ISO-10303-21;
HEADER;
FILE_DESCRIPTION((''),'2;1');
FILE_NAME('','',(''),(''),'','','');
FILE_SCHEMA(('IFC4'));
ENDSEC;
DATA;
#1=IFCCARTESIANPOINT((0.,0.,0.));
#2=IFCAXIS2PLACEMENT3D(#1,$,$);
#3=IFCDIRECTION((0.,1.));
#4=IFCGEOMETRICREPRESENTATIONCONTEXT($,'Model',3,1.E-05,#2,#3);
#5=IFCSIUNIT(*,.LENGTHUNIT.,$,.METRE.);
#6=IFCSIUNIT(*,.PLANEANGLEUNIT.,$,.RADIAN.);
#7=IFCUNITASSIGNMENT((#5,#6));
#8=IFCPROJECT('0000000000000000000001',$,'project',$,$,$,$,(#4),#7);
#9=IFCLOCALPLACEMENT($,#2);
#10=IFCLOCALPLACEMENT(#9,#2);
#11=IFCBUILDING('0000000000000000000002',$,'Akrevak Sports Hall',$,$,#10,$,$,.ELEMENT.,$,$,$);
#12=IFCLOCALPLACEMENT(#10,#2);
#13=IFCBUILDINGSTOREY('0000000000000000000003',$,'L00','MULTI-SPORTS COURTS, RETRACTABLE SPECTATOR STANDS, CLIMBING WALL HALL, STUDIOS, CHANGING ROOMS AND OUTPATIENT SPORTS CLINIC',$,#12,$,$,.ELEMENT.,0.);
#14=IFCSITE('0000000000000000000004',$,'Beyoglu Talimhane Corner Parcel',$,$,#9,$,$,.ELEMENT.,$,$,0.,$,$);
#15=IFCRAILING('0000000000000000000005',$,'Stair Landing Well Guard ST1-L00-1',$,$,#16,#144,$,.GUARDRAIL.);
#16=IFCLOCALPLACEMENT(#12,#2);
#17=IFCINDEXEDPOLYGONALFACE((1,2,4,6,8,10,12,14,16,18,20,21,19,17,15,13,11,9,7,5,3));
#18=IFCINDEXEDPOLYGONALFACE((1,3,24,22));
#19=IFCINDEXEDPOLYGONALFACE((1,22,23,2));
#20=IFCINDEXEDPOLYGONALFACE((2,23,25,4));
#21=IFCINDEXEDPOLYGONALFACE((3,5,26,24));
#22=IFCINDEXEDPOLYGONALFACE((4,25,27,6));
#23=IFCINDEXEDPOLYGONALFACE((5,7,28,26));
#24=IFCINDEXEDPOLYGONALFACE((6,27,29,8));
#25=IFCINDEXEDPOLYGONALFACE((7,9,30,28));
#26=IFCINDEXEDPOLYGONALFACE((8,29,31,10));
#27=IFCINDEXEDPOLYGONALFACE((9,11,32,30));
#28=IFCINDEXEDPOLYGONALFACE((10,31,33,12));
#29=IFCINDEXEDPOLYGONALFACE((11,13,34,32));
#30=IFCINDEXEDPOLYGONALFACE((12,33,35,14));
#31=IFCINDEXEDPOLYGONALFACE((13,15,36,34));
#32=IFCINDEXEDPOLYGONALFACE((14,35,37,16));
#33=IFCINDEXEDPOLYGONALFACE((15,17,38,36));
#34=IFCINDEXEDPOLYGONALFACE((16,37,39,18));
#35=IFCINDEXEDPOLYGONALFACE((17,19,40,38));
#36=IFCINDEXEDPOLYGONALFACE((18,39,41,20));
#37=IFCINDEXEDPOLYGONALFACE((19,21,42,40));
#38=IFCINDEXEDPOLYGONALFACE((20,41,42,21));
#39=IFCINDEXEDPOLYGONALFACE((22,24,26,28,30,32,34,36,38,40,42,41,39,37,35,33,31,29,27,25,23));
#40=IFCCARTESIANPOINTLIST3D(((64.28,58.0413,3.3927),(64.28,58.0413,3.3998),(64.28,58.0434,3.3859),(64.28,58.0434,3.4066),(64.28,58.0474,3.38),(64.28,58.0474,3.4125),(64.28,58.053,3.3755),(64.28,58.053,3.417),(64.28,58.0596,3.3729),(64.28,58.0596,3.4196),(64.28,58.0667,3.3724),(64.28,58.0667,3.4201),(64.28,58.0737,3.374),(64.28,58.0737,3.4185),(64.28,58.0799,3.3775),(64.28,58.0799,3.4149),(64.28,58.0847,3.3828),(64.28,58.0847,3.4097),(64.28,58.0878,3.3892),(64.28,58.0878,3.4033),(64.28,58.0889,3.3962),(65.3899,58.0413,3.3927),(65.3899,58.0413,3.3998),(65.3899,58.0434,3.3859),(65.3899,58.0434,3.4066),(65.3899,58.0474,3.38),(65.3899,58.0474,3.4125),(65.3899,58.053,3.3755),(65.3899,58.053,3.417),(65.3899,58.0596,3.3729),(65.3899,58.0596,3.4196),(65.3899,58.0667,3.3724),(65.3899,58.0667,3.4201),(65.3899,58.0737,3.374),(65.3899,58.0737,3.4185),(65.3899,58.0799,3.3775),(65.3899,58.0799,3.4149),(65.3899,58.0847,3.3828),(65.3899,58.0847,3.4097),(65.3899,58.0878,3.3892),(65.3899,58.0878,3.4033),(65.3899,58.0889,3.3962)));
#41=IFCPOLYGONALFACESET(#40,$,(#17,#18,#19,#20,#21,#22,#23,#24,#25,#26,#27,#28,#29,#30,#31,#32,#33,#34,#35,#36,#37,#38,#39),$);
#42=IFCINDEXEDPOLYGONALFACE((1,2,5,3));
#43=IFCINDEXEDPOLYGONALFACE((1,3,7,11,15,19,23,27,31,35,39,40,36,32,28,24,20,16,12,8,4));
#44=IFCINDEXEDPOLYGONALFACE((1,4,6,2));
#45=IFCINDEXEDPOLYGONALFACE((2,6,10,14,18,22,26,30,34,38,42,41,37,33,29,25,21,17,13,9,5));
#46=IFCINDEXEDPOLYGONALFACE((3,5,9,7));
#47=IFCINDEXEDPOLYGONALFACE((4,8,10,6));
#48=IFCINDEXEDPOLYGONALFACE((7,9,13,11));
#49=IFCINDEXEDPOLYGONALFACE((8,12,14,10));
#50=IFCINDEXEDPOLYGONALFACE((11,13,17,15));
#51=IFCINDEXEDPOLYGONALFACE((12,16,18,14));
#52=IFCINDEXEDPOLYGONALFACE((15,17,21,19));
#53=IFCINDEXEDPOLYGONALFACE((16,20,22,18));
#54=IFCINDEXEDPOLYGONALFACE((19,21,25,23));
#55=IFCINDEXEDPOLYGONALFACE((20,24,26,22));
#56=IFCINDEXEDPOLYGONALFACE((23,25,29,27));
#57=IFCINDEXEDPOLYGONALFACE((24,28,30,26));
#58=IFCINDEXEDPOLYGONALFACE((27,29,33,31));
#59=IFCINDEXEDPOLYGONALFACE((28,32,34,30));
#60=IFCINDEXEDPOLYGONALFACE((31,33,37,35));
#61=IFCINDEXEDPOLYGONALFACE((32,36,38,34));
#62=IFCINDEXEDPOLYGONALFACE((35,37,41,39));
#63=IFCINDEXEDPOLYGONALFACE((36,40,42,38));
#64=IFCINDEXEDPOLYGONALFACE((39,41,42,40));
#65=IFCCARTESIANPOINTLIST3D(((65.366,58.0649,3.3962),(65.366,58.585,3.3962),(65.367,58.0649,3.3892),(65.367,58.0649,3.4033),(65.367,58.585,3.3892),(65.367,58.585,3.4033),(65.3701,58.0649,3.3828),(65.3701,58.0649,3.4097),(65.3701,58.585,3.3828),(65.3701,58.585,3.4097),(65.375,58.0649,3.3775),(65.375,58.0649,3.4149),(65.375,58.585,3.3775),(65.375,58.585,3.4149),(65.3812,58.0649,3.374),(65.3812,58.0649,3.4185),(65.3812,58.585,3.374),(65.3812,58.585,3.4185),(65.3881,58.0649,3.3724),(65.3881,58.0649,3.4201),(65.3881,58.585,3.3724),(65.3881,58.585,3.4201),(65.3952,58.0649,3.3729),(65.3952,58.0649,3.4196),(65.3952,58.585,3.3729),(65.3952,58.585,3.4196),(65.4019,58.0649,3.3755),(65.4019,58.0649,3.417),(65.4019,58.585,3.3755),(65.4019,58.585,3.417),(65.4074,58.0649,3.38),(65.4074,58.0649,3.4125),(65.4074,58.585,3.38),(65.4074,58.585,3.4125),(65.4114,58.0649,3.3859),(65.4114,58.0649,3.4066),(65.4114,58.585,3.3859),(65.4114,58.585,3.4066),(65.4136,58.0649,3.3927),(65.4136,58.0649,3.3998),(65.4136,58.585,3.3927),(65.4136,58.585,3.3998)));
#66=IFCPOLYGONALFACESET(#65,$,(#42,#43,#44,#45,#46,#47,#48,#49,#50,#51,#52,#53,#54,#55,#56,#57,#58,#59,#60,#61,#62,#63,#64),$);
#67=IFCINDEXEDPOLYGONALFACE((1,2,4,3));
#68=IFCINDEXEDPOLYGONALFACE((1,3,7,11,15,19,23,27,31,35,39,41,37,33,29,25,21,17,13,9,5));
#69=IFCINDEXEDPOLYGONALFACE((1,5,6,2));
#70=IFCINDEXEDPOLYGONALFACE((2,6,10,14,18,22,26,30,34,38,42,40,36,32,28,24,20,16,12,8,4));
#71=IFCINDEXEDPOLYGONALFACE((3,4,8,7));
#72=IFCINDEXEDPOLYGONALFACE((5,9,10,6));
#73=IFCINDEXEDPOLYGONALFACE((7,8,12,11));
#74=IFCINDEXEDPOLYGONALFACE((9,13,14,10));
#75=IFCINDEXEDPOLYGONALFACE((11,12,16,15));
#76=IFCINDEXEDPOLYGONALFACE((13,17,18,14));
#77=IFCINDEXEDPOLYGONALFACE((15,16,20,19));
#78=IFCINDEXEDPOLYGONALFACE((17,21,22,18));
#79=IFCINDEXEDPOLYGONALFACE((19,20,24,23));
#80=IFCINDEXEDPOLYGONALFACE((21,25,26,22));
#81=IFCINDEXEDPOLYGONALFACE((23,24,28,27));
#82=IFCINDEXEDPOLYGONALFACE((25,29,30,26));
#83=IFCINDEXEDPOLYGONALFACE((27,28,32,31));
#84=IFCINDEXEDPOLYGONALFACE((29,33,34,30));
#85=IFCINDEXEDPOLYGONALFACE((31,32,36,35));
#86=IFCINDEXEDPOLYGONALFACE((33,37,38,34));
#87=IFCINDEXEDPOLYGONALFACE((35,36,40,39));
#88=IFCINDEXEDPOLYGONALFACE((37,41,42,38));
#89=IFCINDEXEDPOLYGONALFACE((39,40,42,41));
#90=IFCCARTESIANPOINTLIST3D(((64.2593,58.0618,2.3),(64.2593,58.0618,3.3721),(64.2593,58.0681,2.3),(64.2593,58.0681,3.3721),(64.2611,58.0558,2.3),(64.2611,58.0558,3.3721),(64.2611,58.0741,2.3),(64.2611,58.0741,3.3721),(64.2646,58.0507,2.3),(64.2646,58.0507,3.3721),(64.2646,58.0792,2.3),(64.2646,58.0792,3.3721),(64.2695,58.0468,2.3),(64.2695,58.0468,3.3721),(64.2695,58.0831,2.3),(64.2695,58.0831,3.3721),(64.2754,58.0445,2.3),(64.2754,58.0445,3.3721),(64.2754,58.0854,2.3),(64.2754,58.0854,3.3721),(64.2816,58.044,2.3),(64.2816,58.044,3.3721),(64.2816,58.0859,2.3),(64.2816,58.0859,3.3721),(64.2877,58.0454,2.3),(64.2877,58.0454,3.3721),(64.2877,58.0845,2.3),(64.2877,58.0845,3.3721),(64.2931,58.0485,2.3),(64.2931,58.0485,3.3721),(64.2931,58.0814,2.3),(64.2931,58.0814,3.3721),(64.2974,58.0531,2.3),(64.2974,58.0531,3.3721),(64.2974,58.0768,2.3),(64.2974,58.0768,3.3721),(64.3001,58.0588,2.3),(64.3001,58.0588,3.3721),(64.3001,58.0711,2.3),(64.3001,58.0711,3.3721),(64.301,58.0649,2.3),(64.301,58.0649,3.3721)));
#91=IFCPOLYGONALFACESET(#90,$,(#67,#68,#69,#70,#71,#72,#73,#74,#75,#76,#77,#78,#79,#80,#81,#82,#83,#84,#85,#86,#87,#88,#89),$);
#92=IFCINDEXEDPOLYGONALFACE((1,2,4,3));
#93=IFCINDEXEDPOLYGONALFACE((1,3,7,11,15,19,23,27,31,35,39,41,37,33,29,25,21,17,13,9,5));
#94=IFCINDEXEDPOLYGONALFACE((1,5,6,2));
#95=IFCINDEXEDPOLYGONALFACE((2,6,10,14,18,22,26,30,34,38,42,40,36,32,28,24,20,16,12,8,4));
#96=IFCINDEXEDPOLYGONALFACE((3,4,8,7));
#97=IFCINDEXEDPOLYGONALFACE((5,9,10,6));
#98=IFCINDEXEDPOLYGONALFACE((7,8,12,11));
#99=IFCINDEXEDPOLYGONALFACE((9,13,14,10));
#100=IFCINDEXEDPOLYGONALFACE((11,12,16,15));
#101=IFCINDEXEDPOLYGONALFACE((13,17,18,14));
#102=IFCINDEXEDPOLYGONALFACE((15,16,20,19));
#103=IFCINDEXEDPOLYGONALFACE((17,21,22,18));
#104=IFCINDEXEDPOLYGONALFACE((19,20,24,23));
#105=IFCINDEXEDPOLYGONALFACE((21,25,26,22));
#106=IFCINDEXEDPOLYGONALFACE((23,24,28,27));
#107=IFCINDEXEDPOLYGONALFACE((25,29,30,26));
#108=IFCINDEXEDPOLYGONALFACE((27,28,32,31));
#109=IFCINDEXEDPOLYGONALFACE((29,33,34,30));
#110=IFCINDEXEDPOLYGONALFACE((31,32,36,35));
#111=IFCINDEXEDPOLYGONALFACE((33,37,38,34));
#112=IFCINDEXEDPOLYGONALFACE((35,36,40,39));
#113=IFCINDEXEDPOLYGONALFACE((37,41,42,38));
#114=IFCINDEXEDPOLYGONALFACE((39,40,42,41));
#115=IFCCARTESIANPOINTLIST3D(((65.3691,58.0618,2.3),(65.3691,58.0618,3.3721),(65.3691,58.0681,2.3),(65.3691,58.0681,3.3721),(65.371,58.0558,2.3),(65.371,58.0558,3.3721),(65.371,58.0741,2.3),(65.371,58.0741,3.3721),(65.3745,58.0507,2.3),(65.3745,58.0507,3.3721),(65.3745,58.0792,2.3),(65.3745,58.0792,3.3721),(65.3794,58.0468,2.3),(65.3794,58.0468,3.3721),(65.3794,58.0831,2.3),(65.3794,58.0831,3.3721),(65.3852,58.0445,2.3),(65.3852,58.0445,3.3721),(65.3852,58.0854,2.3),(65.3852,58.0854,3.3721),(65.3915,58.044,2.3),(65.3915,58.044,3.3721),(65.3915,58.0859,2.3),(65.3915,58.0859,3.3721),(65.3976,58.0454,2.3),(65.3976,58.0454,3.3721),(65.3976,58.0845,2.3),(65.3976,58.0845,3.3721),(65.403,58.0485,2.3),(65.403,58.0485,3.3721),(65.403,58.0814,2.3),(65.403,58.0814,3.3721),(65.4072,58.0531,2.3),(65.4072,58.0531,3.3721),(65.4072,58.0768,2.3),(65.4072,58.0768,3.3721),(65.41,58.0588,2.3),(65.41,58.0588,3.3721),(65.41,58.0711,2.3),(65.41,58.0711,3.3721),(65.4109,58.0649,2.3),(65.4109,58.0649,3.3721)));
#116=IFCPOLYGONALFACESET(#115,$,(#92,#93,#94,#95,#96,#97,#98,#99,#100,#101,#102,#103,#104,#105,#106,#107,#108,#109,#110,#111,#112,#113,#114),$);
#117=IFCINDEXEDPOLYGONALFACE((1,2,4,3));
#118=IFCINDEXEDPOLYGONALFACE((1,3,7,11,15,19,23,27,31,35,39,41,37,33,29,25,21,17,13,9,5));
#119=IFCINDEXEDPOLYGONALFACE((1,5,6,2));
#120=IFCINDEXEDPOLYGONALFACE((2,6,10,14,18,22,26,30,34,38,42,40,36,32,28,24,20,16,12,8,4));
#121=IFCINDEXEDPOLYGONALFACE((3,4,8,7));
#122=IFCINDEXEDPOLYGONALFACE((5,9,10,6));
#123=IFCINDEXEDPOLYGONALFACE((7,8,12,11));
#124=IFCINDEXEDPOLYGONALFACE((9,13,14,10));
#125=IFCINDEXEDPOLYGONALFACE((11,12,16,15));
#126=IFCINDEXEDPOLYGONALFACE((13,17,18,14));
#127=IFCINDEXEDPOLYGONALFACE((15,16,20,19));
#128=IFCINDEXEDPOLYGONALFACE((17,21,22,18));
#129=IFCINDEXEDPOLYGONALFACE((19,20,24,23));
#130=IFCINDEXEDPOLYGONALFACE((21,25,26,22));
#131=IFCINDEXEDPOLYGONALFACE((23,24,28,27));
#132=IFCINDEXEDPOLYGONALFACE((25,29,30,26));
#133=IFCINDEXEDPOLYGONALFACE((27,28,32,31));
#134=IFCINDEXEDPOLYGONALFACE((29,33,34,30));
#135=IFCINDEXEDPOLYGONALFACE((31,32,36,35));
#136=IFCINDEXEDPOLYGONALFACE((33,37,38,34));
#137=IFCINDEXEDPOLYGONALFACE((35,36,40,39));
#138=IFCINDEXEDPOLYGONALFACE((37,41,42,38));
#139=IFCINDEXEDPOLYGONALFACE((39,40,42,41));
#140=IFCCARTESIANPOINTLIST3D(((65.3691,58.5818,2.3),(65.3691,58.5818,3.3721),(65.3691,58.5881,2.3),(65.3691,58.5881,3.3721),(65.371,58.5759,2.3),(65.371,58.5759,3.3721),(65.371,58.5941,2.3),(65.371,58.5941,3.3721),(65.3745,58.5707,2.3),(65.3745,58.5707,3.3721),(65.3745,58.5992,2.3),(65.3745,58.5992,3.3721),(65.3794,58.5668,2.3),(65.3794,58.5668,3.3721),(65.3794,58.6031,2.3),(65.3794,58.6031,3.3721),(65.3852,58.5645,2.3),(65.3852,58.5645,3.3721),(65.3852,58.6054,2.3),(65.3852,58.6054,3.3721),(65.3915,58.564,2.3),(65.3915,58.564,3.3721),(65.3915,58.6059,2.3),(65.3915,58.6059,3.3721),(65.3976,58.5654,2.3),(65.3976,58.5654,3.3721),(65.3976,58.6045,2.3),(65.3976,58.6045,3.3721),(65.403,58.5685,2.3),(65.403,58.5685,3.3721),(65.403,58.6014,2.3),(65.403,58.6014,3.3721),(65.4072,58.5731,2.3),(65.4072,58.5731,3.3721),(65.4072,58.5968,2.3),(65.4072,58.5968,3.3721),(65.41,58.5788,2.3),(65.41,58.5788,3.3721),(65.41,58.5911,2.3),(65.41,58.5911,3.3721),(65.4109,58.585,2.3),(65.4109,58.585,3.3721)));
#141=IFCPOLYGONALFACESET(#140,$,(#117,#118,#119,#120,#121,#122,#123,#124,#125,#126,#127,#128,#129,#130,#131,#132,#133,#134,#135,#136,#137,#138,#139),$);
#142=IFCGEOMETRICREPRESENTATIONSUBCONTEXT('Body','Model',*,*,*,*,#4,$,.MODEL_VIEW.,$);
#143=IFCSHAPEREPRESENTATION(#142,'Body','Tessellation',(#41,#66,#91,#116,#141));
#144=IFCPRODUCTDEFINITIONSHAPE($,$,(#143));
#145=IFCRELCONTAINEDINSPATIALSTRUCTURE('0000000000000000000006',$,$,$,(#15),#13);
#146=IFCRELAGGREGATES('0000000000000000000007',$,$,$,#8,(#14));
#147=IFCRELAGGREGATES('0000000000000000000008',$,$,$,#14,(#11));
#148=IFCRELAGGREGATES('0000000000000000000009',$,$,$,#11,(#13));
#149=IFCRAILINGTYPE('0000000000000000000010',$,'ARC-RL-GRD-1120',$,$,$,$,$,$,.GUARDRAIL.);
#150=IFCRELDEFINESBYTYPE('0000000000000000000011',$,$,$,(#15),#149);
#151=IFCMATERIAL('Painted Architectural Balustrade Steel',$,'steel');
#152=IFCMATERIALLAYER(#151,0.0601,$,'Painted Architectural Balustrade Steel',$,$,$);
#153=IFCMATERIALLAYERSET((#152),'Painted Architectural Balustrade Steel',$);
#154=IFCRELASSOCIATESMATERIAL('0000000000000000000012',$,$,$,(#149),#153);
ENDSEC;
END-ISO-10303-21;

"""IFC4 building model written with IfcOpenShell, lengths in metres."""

from ifc_helpers import new_model, si_unit, direction, frame, origin, origin_2d, place, context, subcontext, project, spatial, circle, extrude, material, layer, layer_set, type_object, element, save


model = new_model("IFC4")

# Units and contexts
model_context = context("Model", 3, precision=1e-05, world=origin(), true_north=direction((0.0, 1.0)))
body_context = subcontext(model_context, "Body", "Model", "MODEL_VIEW")
ifc_project = project(units=[si_unit("LENGTHUNIT", "METRE"), si_unit("PLANEANGLEUNIT", "RADIAN")], contexts=[model_context])

# Site, building, storey
site_placement = place(None, origin())
site = spatial("IfcSite", under=ifc_project, at=site_placement, Name="Beyoglu Talimhane Corner Parcel", CompositionType="ELEMENT", RefElevation=0.0)
building_placement = place(site_placement, origin())
building = spatial("IfcBuilding", under=site, at=building_placement, Name="Akrevak Sports Hall", CompositionType="ELEMENT")
storey_placement = place(building_placement, origin())
storey = spatial("IfcBuildingStorey", under=building, at=storey_placement, Name="L00", Description="MULTI-SPORTS COURTS, RETRACTABLE SPECTATOR STANDS, CLIMBING WALL HALL, STUDIOS, CHANGING ROOMS AND OUTPATIENT SPORTS CLINIC", CompositionType="ELEMENT", Elevation=0.0)

# Railing
ifc_material_1 = material(Name="Painted Architectural Balustrade Steel", Category="steel")
ifc_layer_1 = layer(ifc_material_1, 0.0601, Name="Painted Architectural Balustrade Steel")
ifc_layer_set_1 = layer_set([ifc_layer_1], Name="Painted Architectural Balustrade Steel")
railing_type_1 = type_object("IfcRailingType", Name="ARC-RL-GRD-1120", PredefinedType="GUARDRAIL", material=ifc_layer_set_1)
railing_1_placement = place(storey_placement, frame((64.28, 58.0649, 2.3)))
element("IfcRailing", 1, at=railing_1_placement, inside=storey, type_object=railing_type_1, Name="Stair Landing Well Guard ST1-L00-1", PredefinedType="GUARDRAIL", context=body_context, shape_type="SweptSolid", body=[
    extrude(circle(Radius=0.0239, at=origin_2d()), frame((0.0, 0.0, 1.0962), z_axis=(1.0, 0.0, 0.0), x_axis=(0.0, 1.0, 0.0)), (0.0, 0.0, 1.0), 1.1099),
    extrude(circle(Radius=0.0239, at=origin_2d()), frame((1.1099, 0.0, 1.0962), z_axis=(0.0, 1.0, 0.0), x_axis=(-1.0, 0.0, 0.0)), (0.0, 0.0, 1.0), 0.52),
    extrude(circle(Radius=0.021, at=origin_2d()), origin(), (0.0, 0.0, 1.0), 1.072),
    extrude(circle(Radius=0.021, at=origin_2d()), frame((1.1099, 0.0, 0.0)), (0.0, 0.0, 1.0), 1.072),
    extrude(circle(Radius=0.021, at=origin_2d()), frame((1.1099, 0.52, 0.0)), (0.0, 0.0, 1.0), 1.072),
])

save(model, "model.ifc")
